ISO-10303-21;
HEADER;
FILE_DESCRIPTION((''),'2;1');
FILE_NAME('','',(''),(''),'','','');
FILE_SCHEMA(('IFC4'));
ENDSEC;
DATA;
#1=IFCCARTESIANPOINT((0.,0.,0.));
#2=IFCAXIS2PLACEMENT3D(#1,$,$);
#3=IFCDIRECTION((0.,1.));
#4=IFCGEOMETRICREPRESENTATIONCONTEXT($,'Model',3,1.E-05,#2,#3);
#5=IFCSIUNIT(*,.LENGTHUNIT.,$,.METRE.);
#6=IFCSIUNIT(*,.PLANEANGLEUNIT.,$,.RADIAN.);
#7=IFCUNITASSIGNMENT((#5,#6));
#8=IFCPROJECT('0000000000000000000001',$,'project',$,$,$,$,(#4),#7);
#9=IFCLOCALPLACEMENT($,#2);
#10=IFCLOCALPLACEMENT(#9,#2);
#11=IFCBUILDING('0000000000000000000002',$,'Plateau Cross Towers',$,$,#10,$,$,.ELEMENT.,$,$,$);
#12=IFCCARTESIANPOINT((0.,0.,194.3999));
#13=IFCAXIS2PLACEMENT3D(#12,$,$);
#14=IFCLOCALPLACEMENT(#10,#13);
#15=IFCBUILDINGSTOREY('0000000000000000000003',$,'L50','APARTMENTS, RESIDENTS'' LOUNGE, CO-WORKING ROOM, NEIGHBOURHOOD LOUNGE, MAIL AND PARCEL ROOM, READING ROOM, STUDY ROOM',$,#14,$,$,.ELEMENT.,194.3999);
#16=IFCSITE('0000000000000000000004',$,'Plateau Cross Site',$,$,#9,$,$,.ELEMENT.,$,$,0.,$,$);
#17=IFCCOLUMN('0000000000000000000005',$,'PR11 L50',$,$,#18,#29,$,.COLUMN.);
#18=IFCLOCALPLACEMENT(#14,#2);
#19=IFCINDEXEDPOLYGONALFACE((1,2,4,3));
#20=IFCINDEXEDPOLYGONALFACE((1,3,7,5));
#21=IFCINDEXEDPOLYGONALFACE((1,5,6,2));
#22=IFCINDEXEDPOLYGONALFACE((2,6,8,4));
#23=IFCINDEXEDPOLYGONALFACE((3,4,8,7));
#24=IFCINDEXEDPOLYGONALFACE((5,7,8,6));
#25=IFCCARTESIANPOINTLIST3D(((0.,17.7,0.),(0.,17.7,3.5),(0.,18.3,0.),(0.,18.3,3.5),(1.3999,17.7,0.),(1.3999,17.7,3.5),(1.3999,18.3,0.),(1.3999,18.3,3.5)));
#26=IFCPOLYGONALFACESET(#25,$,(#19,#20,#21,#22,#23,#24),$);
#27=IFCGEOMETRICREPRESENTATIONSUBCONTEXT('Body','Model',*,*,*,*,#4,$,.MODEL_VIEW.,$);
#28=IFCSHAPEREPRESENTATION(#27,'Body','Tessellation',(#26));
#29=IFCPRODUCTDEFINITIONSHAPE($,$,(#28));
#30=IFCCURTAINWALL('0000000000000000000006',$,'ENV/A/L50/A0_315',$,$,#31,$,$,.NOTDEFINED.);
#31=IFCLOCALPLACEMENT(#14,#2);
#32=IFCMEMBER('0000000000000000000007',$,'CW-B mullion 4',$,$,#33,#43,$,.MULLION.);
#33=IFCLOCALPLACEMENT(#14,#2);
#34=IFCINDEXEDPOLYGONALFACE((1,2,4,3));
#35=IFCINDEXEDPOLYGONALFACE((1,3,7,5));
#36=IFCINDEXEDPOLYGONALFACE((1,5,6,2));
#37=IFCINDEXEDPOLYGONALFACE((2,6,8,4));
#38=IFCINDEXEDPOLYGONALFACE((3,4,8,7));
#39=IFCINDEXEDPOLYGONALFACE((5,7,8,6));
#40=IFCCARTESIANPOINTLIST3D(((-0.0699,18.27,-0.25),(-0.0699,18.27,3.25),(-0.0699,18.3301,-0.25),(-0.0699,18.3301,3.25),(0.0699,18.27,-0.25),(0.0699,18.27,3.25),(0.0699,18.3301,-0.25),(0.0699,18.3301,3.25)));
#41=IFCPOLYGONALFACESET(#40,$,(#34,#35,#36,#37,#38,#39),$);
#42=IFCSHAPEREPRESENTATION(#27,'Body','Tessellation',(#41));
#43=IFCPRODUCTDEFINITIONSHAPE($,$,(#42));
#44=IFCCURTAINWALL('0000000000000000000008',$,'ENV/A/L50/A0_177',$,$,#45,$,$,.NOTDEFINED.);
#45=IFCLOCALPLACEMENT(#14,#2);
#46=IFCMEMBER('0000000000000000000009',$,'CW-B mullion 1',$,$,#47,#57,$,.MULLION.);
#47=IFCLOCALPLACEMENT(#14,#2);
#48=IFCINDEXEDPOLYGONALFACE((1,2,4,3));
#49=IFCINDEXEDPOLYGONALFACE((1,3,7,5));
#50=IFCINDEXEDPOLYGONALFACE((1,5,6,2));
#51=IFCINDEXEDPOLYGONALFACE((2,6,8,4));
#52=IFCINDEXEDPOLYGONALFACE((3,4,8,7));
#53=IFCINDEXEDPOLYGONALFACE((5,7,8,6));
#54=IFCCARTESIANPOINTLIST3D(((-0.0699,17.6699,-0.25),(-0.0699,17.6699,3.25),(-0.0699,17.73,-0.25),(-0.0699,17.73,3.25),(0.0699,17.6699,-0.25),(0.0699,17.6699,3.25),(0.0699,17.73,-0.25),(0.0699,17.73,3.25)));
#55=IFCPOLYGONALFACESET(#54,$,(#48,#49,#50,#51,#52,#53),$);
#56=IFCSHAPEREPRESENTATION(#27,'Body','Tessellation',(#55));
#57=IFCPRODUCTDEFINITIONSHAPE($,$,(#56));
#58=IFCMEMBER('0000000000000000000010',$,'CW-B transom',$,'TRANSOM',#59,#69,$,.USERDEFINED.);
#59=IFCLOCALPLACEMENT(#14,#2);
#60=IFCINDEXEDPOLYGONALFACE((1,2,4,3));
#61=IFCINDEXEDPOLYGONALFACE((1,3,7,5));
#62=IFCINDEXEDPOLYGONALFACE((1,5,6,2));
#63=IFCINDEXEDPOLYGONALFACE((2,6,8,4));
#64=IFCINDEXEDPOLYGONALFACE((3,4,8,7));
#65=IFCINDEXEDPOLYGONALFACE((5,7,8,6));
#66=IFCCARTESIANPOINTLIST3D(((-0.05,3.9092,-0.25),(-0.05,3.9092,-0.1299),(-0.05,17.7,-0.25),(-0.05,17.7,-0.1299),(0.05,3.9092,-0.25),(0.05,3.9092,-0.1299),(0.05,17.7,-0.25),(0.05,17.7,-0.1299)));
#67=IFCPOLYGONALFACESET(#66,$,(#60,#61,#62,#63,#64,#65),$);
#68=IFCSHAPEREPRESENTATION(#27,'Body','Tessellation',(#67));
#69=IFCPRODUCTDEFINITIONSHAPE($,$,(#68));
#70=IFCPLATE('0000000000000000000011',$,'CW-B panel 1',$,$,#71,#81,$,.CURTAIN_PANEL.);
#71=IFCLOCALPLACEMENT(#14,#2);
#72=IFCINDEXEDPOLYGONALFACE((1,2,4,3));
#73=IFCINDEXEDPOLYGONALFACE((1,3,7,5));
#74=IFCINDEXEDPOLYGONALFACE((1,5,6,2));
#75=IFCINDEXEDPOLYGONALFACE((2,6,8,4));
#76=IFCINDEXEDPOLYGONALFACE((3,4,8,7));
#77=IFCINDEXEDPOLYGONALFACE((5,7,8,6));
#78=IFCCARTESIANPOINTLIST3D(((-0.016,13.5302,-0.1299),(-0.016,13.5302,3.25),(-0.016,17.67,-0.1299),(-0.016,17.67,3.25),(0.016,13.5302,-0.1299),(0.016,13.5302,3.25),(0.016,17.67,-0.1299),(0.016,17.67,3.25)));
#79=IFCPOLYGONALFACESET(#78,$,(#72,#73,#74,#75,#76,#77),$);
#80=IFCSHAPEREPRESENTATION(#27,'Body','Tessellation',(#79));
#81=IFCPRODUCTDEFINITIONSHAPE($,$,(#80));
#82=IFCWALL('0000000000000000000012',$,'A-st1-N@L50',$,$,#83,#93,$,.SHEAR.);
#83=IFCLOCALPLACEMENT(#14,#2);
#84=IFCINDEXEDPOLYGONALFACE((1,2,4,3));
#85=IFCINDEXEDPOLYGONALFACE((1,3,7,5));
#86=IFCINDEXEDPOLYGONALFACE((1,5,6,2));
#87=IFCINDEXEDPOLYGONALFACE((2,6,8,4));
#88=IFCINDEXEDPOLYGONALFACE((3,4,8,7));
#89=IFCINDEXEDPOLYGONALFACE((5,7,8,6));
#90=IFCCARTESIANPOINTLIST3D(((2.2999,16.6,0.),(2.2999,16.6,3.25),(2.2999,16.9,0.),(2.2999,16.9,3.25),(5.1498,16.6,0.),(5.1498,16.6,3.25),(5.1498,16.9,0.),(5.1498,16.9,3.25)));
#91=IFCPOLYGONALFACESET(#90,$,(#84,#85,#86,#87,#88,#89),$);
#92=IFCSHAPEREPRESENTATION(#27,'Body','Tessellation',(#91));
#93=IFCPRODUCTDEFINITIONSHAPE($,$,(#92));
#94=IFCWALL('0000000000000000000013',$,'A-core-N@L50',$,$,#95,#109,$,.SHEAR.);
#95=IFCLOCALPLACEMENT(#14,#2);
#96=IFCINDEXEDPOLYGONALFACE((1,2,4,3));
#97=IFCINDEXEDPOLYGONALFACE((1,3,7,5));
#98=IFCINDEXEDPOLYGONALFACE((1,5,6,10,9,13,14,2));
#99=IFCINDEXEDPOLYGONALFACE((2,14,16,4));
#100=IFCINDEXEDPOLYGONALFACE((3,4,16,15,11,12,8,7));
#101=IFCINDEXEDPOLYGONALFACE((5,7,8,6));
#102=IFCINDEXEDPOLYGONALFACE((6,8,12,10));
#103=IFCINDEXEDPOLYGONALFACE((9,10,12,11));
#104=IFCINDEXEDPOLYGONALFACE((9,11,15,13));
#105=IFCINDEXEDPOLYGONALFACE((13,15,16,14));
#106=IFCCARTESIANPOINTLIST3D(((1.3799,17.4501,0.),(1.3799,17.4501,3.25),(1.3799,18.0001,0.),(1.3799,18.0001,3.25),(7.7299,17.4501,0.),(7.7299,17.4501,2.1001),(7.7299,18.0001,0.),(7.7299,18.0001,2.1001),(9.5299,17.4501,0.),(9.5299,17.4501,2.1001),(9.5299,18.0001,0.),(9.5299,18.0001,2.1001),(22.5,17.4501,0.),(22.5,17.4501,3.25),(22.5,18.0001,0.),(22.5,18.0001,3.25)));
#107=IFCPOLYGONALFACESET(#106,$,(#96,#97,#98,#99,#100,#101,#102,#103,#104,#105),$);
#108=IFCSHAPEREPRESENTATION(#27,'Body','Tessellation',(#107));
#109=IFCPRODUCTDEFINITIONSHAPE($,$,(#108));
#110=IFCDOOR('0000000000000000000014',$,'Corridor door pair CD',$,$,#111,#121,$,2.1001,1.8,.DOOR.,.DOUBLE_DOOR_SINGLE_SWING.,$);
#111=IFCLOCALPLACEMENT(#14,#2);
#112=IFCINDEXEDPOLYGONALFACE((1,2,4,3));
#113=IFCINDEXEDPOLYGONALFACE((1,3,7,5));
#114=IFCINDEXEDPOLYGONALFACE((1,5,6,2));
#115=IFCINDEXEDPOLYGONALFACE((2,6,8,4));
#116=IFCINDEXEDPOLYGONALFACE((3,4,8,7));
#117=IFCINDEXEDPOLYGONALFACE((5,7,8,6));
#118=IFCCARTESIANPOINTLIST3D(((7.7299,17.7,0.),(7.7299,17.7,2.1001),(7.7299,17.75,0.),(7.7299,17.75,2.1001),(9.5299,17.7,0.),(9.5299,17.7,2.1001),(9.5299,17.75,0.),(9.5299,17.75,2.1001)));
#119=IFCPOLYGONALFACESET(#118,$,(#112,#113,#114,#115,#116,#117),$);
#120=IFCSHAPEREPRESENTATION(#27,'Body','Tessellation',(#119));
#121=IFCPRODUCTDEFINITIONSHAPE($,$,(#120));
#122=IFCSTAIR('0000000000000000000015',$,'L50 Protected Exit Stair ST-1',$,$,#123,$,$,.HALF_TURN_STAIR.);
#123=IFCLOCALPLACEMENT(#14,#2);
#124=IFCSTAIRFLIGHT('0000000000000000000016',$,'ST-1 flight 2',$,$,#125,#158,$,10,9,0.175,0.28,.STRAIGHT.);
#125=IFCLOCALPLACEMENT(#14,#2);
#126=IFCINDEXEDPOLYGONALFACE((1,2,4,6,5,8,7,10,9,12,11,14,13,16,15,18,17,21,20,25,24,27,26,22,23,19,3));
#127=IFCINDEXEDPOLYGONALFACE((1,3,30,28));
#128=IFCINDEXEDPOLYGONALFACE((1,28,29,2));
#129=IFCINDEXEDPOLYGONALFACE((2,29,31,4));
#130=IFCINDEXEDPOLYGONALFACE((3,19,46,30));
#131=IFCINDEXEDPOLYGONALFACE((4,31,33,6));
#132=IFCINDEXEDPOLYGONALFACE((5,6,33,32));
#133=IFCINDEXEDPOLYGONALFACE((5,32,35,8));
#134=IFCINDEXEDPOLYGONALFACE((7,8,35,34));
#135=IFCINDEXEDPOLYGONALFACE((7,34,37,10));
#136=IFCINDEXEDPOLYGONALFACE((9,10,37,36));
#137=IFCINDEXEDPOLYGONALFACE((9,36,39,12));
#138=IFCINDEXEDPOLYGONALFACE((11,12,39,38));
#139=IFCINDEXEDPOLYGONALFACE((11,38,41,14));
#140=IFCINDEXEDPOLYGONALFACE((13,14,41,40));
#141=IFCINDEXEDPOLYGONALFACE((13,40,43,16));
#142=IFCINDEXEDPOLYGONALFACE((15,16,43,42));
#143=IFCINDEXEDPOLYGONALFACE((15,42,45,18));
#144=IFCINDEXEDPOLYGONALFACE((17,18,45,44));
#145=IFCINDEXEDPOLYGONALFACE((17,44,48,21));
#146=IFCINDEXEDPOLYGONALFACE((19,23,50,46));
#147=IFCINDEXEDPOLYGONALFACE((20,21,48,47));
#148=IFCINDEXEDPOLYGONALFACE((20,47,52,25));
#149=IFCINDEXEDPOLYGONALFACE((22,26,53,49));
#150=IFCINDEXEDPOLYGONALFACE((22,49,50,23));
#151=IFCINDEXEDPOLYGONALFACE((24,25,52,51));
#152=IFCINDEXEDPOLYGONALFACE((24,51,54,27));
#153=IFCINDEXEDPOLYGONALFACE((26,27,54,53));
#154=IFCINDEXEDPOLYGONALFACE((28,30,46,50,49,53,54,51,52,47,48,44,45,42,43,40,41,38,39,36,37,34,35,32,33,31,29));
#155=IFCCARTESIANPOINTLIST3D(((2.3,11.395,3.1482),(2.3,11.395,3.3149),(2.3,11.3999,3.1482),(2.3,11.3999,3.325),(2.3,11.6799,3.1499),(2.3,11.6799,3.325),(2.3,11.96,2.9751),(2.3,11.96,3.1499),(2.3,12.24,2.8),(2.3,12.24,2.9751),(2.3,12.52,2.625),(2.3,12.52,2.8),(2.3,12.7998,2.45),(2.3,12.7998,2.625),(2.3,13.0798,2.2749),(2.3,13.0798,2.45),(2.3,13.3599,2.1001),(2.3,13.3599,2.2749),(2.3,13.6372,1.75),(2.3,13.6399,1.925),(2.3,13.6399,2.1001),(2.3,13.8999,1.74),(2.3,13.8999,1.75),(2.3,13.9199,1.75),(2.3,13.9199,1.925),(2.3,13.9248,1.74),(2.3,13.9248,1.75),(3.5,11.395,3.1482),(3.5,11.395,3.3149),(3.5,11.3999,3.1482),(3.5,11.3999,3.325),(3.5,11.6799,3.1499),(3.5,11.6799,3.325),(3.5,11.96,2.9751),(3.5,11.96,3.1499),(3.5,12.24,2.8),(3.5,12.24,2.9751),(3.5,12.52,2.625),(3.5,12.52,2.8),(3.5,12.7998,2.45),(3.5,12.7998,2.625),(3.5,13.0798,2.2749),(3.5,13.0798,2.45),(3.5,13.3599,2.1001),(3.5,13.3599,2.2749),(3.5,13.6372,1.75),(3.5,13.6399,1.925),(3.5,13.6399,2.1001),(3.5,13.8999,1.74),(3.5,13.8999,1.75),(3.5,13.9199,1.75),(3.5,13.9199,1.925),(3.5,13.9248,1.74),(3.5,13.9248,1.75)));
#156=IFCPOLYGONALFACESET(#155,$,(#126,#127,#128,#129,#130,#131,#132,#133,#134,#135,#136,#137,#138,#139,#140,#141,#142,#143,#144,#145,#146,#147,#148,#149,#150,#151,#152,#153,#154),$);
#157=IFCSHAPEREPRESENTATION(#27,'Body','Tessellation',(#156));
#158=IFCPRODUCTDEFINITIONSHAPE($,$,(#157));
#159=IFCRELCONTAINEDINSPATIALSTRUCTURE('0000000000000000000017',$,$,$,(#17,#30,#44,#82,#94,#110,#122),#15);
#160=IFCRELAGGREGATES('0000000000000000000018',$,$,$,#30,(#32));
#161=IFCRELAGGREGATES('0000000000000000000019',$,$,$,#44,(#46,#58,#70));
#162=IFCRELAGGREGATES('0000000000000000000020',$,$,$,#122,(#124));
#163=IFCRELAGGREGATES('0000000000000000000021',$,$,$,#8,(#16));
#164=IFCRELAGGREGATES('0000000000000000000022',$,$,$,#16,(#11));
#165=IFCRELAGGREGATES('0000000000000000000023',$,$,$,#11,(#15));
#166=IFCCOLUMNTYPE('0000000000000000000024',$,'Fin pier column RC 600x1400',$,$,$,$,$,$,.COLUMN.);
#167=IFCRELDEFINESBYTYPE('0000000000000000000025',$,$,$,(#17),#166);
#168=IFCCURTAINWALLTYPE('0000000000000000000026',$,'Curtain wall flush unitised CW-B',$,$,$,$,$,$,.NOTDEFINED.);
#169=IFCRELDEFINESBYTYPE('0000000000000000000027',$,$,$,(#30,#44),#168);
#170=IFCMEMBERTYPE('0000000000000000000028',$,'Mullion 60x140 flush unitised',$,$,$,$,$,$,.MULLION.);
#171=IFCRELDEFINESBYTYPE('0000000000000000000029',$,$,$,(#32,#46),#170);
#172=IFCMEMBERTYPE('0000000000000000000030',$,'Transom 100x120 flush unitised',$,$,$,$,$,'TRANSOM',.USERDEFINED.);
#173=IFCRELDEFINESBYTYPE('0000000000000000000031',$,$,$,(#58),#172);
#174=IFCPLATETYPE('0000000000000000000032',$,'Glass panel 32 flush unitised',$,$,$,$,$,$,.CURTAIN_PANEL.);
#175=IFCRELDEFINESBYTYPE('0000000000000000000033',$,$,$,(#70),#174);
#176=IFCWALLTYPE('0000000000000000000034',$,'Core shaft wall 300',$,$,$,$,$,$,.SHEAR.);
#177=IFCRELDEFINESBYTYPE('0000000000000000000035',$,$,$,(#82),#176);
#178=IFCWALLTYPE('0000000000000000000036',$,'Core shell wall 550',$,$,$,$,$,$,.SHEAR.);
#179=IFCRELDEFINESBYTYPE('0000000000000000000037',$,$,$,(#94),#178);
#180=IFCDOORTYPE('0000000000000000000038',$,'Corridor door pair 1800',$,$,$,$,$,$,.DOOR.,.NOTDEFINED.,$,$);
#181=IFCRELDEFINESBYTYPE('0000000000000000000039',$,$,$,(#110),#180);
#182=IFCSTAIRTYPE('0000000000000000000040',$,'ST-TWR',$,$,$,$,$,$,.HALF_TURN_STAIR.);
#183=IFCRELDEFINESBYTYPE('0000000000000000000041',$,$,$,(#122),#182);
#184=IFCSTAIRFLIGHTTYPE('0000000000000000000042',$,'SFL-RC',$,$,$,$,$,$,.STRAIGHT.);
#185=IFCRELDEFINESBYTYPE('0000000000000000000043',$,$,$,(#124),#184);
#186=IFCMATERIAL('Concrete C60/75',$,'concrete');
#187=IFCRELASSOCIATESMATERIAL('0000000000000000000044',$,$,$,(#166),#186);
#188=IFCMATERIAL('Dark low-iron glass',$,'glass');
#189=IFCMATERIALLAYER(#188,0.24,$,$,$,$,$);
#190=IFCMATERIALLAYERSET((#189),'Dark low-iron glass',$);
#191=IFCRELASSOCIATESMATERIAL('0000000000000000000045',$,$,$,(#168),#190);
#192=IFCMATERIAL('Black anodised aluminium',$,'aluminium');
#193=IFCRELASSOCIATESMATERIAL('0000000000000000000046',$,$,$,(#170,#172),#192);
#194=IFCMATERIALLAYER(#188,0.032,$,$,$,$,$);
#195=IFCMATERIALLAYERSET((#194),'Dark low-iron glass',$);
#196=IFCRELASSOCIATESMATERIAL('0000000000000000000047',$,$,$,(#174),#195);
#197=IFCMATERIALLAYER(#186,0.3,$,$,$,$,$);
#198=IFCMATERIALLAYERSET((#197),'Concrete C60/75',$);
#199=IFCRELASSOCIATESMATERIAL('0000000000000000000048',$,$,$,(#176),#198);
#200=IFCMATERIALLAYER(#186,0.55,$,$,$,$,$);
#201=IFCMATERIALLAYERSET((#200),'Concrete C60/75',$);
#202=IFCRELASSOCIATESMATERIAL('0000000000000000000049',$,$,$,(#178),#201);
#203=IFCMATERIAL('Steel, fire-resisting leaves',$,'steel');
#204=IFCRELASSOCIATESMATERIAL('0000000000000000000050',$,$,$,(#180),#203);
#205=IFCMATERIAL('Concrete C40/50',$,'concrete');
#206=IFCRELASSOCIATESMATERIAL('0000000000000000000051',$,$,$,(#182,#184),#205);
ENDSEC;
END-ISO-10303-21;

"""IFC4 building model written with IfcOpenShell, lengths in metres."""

from ifc_helpers import new_model, si_unit, direction, frame, frame_2d, origin, origin_2d, place, context, subcontext, project, spatial, polyline, rectangle, outline, extrude, material, layer, layer_set, material_profile, profile_set, type_object, element, fill, aggregate, save


model = new_model("IFC4")

# Units and contexts
model_context = context("Model", 3, precision=1e-05, world=origin(), true_north=direction((0.0, 1.0)))
body_context = subcontext(model_context, "Body", "Model", "MODEL_VIEW")
ifc_project = project(units=[si_unit("LENGTHUNIT", "METRE"), si_unit("PLANEANGLEUNIT", "RADIAN")], contexts=[model_context])

# Site, building, storey
site_placement = place(None, origin())
site = spatial("IfcSite", under=ifc_project, at=site_placement, Name="Plateau Cross Site", CompositionType="ELEMENT", RefElevation=0.0)
building_placement = place(site_placement, origin())
building = spatial("IfcBuilding", under=site, at=building_placement, Name="Plateau Cross Towers", CompositionType="ELEMENT")
storey_placement = place(building_placement, frame((0.0, 0.0, 194.3999)))
storey = spatial("IfcBuildingStorey", under=building, at=storey_placement, Name="L50", Description="APARTMENTS, RESIDENTS' LOUNGE, CO-WORKING ROOM, NEIGHBOURHOOD LOUNGE, MAIL AND PARCEL ROOM, READING ROOM, STUDY ROOM", CompositionType="ELEMENT", Elevation=194.3999)

# Column
ifc_material_1 = material(Name="Concrete C60/75", Category="concrete")
ifc_material_profile_1 = material_profile(ifc_material_1, rectangle(XDim=0.6001, YDim=1.3999, at=origin_2d()), Name="RC 600x1400")
ifc_profile_set_1 = profile_set([ifc_material_profile_1], Name="Concrete C60/75")
column_type = type_object("IfcColumnType", Name="Fin pier column RC 600x1400", PredefinedType="COLUMN", material=ifc_profile_set_1)
column_placement = place(storey_placement, frame((0.7, 18.0, 0.0), z_axis=(0.0, 0.0, 1.0), x_axis=(0.0, 1.0, 0.0)))
element("IfcColumn", 1, at=column_placement, inside=storey, type_object=column_type, Name="PR11 L50", PredefinedType="COLUMN", context=body_context, shape_type="SweptSolid", body=[
    extrude(rectangle(XDim=0.6001, YDim=1.3999, at=origin_2d()), origin(), (0.0, 0.0, 1.0), 3.5),
])

# Curtain wall, member
ifc_material_2 = material(Name="Dark low-iron glass", Category="glass")
ifc_layer_1 = layer(ifc_material_2, 0.24)
ifc_layer_set_1 = layer_set([ifc_layer_1], Name="Dark low-iron glass")
curtain_wall_type = type_object("IfcCurtainWallType", Name="Curtain wall flush unitised CW-B", PredefinedType="NOTDEFINED", material=ifc_layer_set_1)
curtain_wall_1_placement = place(storey_placement, origin())
curtain_wall_1 = element("IfcCurtainWall", 2, at=curtain_wall_1_placement, inside=storey, type_object=curtain_wall_type, Name="ENV/A/L50/A0_315", PredefinedType="NOTDEFINED")
ifc_material_3 = material(Name="Black anodised aluminium", Category="aluminium")
ifc_material_profile_2 = material_profile(ifc_material_3, rectangle(XDim=0.0601, YDim=0.1399, at=origin_2d()), Name="MULLION 60x140")
ifc_profile_set_2 = profile_set([ifc_material_profile_2], Name="Black anodised aluminium")
member_type_1 = type_object("IfcMemberType", Name="Mullion 60x140 flush unitised", PredefinedType="MULLION", material=ifc_profile_set_2)
member_1_placement = place(storey_placement, frame((0.0, 18.3, -0.25), z_axis=(0.0, 0.0, 1.0), x_axis=(0.0, -1.0, 0.0)))
member_1 = element("IfcMember", 3, at=member_1_placement, type_object=member_type_1, Name="CW-B mullion 4", PredefinedType="MULLION", context=body_context, shape_type="SweptSolid", body=[
    extrude(rectangle(XDim=0.0601, YDim=0.1399, at=origin_2d()), origin(), (0.0, 0.0, 1.0), 3.5),
])
aggregate(curtain_wall_1, [member_1])

# Curtain wall, members, plate
curtain_wall_2_placement = place(storey_placement, origin())
curtain_wall_2 = element("IfcCurtainWall", 4, at=curtain_wall_2_placement, inside=storey, type_object=curtain_wall_type, Name="ENV/A/L50/A0_177", PredefinedType="NOTDEFINED")
member_2_placement = place(storey_placement, frame((0.0, 17.7, -0.25), z_axis=(0.0, 0.0, 1.0), x_axis=(0.0, -1.0, 0.0)))
member_2 = element("IfcMember", 5, at=member_2_placement, type_object=member_type_1, Name="CW-B mullion 1", PredefinedType="MULLION", context=body_context, shape_type="SweptSolid", body=[
    extrude(rectangle(XDim=0.0601, YDim=0.1399, at=origin_2d()), origin(), (0.0, 0.0, 1.0), 3.5),
])
ifc_material_profile_3 = material_profile(ifc_material_3, rectangle(XDim=0.1001, YDim=0.1201, at=origin_2d()), Name="TRANSOM 100x120")
ifc_profile_set_3 = profile_set([ifc_material_profile_3], Name="Black anodised aluminium")
member_type_2 = type_object("IfcMemberType", Name="Transom 100x120 flush unitised", ElementType="TRANSOM", PredefinedType="USERDEFINED", material=ifc_profile_set_3)
member_3_placement = place(storey_placement, frame((0.0, 17.7, -0.1899), z_axis=(0.0, -1.0, 0.0), x_axis=(1.0, 0.0, 0.0)))
member_3 = element("IfcMember", 6, at=member_3_placement, type_object=member_type_2, Name="CW-B transom", ObjectType="TRANSOM", PredefinedType="USERDEFINED", context=body_context, shape_type="SweptSolid", body=[
    extrude(rectangle(XDim=0.1001, YDim=0.1201, at=origin_2d()), origin(), (0.0, 0.0, 1.0), 13.7908),
])
ifc_layer_2 = layer(ifc_material_2, 0.032)
ifc_layer_set_2 = layer_set([ifc_layer_2], Name="Dark low-iron glass")
plate_type = type_object("IfcPlateType", Name="Glass panel 32 flush unitised", PredefinedType="CURTAIN_PANEL", material=ifc_layer_set_2)
plate_placement = place(storey_placement, frame((0.0, 15.6001, -0.1299), z_axis=(0.0, 0.0, 1.0), x_axis=(0.0, -1.0, 0.0)))
plate = element("IfcPlate", 7, at=plate_placement, type_object=plate_type, Name="CW-B panel 1", PredefinedType="CURTAIN_PANEL", context=body_context, shape_type="SweptSolid", body=[
    extrude(rectangle(XDim=4.1399, YDim=0.032, at=origin_2d()), origin(), (0.0, 0.0, 1.0), 3.3799),
])
aggregate(curtain_wall_2, [member_2, member_3, plate])

# Wall
ifc_layer_3 = layer(ifc_material_1, 0.3)
ifc_layer_set_3 = layer_set([ifc_layer_3], Name="Concrete C60/75")
wall_type_1 = type_object("IfcWallType", Name="Core shaft wall 300", PredefinedType="SHEAR", material=ifc_layer_set_3)
wall_1_placement = place(storey_placement, frame((2.3, 16.75, 0.0), z_axis=(0.0, 0.0, 1.0), x_axis=(1.0, 0.0, 0.0)))
element("IfcWall", 8, at=wall_1_placement, inside=storey, type_object=wall_type_1, Name="A-st1-N@L50", PredefinedType="SHEAR", context=body_context, shape_type="SweptSolid", body=[
    extrude(rectangle(XDim=2.8499, YDim=0.3, at=frame_2d((1.4248, 0.0))), origin(), (0.0, 0.0, 1.0), 3.25),
])

# Wall, opening, door
ifc_layer_4 = layer(ifc_material_1, 0.55)
ifc_layer_set_4 = layer_set([ifc_layer_4], Name="Concrete C60/75")
wall_type_2 = type_object("IfcWallType", Name="Core shell wall 550", PredefinedType="SHEAR", material=ifc_layer_set_4)
wall_2_placement = place(storey_placement, frame((1.3799, 17.7251, 0.0), z_axis=(0.0, 0.0, 1.0), x_axis=(1.0, 0.0, 0.0)))
wall_2 = element("IfcWall", 9, at=wall_2_placement, inside=storey, type_object=wall_type_2, Name="A-core-N@L50", PredefinedType="SHEAR", context=body_context, shape_type="SweptSolid", body=[
    extrude(rectangle(XDim=21.1201, YDim=0.55, at=frame_2d((10.5601, 0.0))), origin(), (0.0, 0.0, 1.0), 3.25),
])
opening_placement = place(wall_2_placement, frame((6.3501, 0.0, 0.0)))
opening = element("IfcOpeningElement", 10, at=opening_placement, cuts=wall_2, PredefinedType="OPENING", context=body_context, shape_type="SweptSolid", body=[
    extrude(rectangle(XDim=1.8, YDim=2.1001, at=frame_2d((0.8999, 1.05))), frame((0.0, 0.2849, 0.0), z_axis=(0.0, -1.0, 0.0), x_axis=(1.0, 0.0, 0.0)), (0.0, 0.0, 1.0), 0.5701),
])
ifc_material_4 = material(Name="Steel, fire-resisting leaves", Category="steel")
door_type = type_object("IfcDoorType", Name="Corridor door pair 1800", OperationType="NOTDEFINED", PredefinedType="DOOR", material=ifc_material_4)
door_placement = place(opening_placement, origin())
door = element("IfcDoor", 11, at=door_placement, inside=storey, type_object=door_type, Name="Corridor door pair CD", OperationType="DOUBLE_DOOR_SINGLE_SWING", OverallHeight=2.1001, OverallWidth=1.8, PredefinedType="DOOR", context=body_context, shape_type="SweptSolid", body=[
    extrude(rectangle(XDim=1.8, YDim=2.1001, at=frame_2d((0.8999, 1.05))), frame((0.0, 0.0249, 0.0), z_axis=(0.0, -1.0, 0.0), x_axis=(1.0, 0.0, 0.0)), (0.0, 0.0, 1.0), 0.05),
])
fill(opening, door)

# Stair, stair flight
ifc_material_5 = material(Name="Concrete C40/50", Category="concrete")
stair_type = type_object("IfcStairType", Name="ST-TWR", PredefinedType="HALF_TURN_STAIR", material=ifc_material_5)
stair_placement = place(storey_placement, origin())
stair = element("IfcStair", 12, at=stair_placement, inside=storey, type_object=stair_type, Name="L50 Protected Exit Stair ST-1", PredefinedType="HALF_TURN_STAIR")
stair_flight_type = type_object("IfcStairFlightType", Name="SFL-RC", PredefinedType="STRAIGHT", material=ifc_material_5)
stair_flight_placement = place(storey_placement, frame((2.8999, 13.9199, 1.75), z_axis=(0.0, 0.0, 1.0), x_axis=(0.0, -1.0, 0.0)))
stair_flight = element("IfcStairFlight", 13, at=stair_flight_placement, type_object=stair_flight_type, Name="ST-1 flight 2", NumberOfRisers=10, NumberOfTreads=9, PredefinedType="STRAIGHT", RiserHeight=0.175, TreadLength=0.28, context=body_context, shape_type="SweptSolid", body=[
    extrude(outline(polyline([(-0.0049, -0.01), (-0.0049, 0.0), (0.0, 0.0), (0.0, 0.175), (0.28, 0.175), (0.28, 0.3501), (0.5601, 0.3501), (0.5601, 0.5249), (0.8401, 0.5249), (0.8401, 0.7), (1.1201, 0.7), (1.1201, 0.875), (1.3999, 0.875), (1.3999, 1.05), (1.6799, 1.05), (1.6799, 1.2251), (1.96, 1.2251), (1.96, 1.3999), (2.24, 1.3999), (2.24, 1.575), (2.52, 1.575), (2.5249, 1.5649), (2.5249, 1.3982), (2.52, 1.3982), (0.2827, 0.0), (0.02, 0.0), (0.02, -0.01), (-0.0049, -0.01)])), frame((0.0, 0.6001, 0.0), z_axis=(0.0, -1.0, 0.0), x_axis=(1.0, 0.0, 0.0)), (0.0, 0.0, 1.0), 1.2),
])
aggregate(stair, [stair_flight])

save(model, "model.ifc")
